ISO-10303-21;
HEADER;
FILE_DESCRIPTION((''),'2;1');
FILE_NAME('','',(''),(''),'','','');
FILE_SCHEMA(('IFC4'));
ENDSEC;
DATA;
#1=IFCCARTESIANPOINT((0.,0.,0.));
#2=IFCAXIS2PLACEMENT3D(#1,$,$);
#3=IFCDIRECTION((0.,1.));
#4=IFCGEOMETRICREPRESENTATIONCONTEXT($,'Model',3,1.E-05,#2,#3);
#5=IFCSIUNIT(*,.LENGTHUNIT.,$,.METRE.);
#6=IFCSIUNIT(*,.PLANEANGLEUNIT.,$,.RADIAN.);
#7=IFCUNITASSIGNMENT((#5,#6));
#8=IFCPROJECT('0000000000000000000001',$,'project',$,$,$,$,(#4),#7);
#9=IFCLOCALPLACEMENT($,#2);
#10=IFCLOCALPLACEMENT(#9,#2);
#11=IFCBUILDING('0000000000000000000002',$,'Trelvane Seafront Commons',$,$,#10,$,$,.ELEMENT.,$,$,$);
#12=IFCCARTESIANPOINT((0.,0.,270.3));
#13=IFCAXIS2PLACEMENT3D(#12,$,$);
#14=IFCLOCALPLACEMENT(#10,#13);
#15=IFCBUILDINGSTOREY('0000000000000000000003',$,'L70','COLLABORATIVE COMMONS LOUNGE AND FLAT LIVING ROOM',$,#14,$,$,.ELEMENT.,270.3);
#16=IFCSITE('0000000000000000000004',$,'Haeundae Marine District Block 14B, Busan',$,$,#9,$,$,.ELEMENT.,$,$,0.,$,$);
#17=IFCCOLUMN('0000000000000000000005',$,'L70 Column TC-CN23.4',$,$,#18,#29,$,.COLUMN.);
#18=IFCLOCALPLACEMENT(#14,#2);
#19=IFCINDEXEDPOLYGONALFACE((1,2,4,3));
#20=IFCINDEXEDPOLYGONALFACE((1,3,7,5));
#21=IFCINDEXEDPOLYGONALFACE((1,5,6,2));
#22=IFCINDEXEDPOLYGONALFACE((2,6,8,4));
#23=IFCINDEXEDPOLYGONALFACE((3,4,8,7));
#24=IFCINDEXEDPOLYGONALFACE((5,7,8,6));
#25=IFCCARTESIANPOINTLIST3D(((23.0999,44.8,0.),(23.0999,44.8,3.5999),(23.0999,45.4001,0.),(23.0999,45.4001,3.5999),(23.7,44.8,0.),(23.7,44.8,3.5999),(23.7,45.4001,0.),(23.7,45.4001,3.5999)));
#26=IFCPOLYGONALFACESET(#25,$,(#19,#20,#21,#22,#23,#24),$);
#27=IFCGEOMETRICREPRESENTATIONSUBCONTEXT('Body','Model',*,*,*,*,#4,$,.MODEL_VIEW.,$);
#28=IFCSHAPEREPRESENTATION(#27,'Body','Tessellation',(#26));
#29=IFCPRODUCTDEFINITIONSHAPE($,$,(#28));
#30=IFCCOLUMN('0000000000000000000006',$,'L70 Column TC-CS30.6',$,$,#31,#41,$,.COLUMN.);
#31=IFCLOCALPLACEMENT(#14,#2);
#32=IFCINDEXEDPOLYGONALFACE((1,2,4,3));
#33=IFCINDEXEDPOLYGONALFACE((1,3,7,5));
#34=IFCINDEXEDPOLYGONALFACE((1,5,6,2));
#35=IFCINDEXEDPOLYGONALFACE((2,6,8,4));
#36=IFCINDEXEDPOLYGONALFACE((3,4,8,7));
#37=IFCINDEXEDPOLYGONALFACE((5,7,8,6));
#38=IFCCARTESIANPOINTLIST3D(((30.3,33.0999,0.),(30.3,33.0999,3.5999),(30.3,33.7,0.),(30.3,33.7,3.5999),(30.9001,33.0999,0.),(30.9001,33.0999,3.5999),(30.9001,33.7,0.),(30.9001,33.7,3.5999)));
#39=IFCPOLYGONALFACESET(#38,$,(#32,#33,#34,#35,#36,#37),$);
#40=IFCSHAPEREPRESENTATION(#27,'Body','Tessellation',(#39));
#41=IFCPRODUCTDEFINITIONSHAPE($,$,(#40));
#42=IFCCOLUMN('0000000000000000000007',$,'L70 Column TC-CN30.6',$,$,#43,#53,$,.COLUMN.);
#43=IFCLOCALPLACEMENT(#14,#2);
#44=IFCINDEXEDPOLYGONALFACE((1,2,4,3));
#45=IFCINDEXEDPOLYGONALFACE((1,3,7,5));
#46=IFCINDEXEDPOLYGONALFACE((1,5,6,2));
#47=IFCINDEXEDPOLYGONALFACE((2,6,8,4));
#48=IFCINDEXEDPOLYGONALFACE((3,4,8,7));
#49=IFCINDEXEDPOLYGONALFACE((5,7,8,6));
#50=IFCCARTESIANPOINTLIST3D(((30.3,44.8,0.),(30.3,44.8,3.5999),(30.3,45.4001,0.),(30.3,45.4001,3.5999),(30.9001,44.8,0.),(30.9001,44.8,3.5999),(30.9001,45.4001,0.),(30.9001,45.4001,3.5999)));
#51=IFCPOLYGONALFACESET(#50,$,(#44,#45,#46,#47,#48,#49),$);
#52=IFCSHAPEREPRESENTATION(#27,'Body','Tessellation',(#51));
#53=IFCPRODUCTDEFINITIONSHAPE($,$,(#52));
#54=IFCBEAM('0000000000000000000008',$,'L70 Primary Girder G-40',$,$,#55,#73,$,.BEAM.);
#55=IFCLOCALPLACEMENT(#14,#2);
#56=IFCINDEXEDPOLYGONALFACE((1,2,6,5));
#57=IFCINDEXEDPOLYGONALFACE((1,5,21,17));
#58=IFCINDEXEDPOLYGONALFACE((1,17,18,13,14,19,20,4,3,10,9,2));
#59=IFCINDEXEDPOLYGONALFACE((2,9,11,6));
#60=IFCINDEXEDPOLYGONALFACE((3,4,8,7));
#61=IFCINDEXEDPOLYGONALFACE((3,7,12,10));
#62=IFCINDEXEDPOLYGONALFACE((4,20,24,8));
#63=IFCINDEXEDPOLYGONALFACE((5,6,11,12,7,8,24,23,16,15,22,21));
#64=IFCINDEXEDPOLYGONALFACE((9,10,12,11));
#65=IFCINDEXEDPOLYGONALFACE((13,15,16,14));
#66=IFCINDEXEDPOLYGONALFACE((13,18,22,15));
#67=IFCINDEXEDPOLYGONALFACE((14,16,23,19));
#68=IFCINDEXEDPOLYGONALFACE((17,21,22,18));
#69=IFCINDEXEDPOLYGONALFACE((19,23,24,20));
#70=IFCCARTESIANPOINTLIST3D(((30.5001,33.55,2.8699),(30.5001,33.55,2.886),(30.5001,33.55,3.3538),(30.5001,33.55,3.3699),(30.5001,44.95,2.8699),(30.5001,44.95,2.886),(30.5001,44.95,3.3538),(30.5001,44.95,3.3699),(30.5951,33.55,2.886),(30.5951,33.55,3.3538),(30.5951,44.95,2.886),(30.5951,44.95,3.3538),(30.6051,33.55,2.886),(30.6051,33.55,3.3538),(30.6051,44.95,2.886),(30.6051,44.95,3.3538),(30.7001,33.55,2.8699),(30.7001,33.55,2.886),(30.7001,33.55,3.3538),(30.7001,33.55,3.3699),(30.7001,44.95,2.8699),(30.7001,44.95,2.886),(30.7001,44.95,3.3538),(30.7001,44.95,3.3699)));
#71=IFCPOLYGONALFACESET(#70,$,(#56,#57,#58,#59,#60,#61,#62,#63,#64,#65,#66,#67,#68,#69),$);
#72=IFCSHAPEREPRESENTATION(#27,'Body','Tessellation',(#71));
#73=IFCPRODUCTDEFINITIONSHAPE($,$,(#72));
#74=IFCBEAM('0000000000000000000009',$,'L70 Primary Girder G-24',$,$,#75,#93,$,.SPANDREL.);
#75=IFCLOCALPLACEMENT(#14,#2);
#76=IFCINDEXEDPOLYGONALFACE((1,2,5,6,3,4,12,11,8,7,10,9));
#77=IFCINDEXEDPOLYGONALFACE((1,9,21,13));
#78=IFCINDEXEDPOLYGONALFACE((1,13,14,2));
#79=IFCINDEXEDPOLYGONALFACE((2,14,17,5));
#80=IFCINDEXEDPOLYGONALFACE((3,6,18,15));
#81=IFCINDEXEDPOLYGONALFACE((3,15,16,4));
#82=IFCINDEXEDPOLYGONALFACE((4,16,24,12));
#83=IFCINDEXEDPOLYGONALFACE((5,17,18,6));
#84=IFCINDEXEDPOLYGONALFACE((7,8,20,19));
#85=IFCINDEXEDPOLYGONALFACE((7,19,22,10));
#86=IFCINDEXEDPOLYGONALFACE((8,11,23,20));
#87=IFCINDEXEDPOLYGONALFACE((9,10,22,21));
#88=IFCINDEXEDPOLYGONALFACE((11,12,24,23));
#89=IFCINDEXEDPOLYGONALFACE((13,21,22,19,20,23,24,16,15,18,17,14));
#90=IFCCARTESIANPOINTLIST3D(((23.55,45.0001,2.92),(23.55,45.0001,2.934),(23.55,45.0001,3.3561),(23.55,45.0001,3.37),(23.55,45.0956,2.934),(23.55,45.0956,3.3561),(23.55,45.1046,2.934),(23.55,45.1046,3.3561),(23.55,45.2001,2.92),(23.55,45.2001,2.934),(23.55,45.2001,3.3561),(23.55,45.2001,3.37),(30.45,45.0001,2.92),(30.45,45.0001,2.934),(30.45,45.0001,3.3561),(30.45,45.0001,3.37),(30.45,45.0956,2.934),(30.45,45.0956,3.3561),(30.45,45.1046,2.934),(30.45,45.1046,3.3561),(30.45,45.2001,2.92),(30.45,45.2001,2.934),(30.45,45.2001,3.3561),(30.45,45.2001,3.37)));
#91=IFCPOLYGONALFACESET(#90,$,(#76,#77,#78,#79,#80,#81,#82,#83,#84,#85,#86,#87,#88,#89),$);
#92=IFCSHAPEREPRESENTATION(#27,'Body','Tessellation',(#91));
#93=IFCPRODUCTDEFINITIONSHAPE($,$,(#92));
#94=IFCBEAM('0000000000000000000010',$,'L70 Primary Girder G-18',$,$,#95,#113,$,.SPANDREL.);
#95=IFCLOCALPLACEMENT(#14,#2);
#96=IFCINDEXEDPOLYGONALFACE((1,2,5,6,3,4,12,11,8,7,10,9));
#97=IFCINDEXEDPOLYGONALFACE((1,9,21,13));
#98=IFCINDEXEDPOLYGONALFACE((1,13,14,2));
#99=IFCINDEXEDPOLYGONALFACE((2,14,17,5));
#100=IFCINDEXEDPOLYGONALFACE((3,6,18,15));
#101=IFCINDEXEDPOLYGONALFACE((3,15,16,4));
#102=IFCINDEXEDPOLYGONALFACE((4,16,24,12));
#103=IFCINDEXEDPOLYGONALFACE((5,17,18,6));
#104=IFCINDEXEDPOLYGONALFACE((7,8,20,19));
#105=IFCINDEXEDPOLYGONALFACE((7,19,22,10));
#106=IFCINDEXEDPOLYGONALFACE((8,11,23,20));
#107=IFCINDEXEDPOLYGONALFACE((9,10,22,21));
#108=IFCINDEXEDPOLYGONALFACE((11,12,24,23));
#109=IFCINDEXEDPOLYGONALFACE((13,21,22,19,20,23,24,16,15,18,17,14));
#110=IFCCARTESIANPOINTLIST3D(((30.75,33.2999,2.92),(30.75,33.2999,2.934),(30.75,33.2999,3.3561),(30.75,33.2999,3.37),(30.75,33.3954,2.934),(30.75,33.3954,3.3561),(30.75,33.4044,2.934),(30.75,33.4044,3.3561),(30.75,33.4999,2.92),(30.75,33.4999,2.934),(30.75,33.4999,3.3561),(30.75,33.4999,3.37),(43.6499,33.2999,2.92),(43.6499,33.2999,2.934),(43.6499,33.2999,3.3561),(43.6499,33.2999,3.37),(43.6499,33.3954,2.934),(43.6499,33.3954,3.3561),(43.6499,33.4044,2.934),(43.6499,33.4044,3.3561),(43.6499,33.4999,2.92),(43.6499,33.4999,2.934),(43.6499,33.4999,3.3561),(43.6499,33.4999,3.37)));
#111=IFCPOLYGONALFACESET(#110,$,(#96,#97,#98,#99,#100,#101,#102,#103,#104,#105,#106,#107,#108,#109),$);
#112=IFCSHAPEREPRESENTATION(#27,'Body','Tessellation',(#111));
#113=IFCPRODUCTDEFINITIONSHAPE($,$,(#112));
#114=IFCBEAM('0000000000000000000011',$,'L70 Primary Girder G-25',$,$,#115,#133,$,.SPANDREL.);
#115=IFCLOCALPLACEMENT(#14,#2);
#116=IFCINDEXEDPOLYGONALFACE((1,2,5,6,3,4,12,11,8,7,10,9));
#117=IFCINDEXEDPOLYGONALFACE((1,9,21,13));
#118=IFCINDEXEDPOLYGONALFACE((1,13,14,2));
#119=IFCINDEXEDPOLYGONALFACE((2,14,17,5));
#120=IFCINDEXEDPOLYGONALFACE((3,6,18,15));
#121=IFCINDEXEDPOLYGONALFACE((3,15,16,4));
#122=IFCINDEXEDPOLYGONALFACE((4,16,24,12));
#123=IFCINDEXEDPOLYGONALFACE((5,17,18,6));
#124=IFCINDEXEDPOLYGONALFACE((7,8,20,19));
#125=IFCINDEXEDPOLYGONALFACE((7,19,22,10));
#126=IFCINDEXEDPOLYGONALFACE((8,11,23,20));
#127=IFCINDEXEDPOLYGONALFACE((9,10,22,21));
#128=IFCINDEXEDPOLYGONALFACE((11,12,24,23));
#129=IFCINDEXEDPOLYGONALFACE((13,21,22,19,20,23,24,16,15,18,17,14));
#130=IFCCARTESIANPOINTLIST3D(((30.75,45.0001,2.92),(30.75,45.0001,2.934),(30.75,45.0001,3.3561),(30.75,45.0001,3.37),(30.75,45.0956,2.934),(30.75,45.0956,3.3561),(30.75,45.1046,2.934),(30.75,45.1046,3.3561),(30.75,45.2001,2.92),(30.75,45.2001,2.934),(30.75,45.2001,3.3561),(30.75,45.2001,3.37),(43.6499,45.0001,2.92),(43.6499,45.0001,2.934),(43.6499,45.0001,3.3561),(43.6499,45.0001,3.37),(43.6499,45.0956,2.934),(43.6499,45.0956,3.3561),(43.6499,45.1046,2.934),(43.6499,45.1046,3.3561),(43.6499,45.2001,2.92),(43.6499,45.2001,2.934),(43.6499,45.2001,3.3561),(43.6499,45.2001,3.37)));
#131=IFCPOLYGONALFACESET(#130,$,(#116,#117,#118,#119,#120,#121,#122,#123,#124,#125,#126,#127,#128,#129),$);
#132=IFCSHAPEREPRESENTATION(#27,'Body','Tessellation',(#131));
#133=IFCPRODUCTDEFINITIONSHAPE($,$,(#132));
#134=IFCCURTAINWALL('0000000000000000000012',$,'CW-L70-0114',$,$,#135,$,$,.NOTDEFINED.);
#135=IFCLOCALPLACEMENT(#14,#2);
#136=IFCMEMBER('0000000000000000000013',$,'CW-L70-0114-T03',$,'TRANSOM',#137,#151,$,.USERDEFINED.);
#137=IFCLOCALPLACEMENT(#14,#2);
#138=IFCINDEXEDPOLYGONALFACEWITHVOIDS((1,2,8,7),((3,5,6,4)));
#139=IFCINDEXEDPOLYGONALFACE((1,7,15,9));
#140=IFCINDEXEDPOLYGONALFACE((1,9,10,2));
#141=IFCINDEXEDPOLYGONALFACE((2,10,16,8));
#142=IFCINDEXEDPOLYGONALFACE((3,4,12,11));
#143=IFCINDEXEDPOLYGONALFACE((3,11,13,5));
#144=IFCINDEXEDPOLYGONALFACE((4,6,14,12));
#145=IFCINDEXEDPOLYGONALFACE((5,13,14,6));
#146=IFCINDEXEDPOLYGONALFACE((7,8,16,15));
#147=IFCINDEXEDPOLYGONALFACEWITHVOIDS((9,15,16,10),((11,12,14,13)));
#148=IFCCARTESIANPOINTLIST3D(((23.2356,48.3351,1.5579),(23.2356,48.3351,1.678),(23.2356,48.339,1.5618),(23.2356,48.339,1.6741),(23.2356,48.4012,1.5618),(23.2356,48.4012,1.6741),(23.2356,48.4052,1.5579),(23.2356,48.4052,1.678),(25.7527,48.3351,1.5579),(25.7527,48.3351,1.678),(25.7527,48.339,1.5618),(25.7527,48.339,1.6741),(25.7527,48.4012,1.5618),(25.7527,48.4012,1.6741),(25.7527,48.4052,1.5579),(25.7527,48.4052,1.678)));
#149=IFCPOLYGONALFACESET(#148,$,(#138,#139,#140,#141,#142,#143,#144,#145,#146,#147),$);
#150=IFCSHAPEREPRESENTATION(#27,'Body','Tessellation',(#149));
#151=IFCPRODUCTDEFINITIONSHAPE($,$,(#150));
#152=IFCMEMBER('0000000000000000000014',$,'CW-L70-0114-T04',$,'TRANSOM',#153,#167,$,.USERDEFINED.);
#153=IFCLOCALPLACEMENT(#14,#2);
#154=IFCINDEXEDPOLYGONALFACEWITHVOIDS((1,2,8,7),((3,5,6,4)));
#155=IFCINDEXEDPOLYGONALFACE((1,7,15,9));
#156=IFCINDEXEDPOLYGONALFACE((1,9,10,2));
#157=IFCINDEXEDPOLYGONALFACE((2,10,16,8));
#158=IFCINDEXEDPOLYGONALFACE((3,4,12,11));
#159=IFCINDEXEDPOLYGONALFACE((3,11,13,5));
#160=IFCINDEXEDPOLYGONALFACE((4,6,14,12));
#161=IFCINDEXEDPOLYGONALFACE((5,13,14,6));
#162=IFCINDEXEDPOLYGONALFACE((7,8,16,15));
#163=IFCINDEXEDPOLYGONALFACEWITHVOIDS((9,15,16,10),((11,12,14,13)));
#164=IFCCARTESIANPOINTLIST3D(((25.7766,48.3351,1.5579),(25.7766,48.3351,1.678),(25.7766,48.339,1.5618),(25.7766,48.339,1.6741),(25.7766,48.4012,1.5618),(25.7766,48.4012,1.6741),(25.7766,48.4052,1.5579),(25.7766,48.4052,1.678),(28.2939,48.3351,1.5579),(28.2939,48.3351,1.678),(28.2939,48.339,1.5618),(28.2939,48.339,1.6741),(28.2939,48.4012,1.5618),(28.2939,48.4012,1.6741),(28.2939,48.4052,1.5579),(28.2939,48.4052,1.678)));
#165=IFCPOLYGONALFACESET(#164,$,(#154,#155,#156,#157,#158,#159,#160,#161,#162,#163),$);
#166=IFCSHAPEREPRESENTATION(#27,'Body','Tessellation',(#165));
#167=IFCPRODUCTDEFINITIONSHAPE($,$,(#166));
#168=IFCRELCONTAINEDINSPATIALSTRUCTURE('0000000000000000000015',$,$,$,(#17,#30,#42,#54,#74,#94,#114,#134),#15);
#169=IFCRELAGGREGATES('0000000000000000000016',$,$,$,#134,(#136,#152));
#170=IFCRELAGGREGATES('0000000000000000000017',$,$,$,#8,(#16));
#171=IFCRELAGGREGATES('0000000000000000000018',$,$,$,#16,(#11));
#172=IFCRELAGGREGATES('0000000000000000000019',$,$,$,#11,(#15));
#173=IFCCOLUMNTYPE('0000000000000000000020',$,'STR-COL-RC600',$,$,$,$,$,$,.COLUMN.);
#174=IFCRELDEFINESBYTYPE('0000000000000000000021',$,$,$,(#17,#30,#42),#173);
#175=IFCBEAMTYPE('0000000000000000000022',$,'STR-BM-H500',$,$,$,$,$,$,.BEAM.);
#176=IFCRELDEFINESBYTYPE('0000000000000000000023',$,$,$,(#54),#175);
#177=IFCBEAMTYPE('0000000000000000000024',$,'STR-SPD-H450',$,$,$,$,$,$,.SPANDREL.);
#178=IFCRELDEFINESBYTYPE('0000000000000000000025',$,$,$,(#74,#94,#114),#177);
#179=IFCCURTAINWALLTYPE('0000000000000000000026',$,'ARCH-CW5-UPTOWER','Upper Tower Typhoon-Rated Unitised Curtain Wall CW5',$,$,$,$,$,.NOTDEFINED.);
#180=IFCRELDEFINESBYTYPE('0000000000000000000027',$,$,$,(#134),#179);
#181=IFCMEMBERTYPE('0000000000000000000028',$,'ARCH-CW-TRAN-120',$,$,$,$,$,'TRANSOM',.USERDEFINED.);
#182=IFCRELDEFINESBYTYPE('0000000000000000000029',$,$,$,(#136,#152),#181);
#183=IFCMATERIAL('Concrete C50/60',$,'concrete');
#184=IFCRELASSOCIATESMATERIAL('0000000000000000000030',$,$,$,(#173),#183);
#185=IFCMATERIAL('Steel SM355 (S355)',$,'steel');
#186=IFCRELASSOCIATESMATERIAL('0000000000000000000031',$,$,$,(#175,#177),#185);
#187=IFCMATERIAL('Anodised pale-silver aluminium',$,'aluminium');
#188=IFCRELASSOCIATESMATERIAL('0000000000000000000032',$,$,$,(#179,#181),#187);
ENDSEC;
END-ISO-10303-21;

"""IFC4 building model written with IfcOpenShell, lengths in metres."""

from ifc_helpers import new_model, si_unit, direction, frame, origin, origin_2d, place, context, subcontext, project, spatial, rectangle, hollow_rectangle, i_section, extrude, source, transform, mapped, material, material_profile, profile_set, type_object, element, aggregate, save


model = new_model("IFC4")

# Units and contexts
model_context = context("Model", 3, precision=1e-05, world=origin(), true_north=direction((0.0, 1.0)))
body_context = subcontext(model_context, "Body", "Model", "MODEL_VIEW")
ifc_project = project(units=[si_unit("LENGTHUNIT", "METRE"), si_unit("PLANEANGLEUNIT", "RADIAN")], contexts=[model_context])

# Site, building, storey
site_placement = place(None, origin())
site = spatial("IfcSite", under=ifc_project, at=site_placement, Name="Haeundae Marine District Block 14B, Busan", CompositionType="ELEMENT", RefElevation=0.0)
building_placement = place(site_placement, origin())
building = spatial("IfcBuilding", under=site, at=building_placement, Name="Trelvane Seafront Commons", CompositionType="ELEMENT")
storey_placement = place(building_placement, frame((0.0, 0.0, 270.3)))
storey = spatial("IfcBuildingStorey", under=building, at=storey_placement, Name="L70", Description="COLLABORATIVE COMMONS LOUNGE AND FLAT LIVING ROOM", CompositionType="ELEMENT", Elevation=270.3)

# Columns
ifc_material_1 = material(Name="Concrete C50/60", Category="concrete")
ifc_material_profile_1 = material_profile(ifc_material_1, rectangle(XDim=0.6001, YDim=0.6001, at=origin_2d()), Name="RC-600x600")
ifc_profile_set_1 = profile_set([ifc_material_profile_1], Name="Concrete C50/60")
column_type = type_object("IfcColumnType", Name="STR-COL-RC600", PredefinedType="COLUMN", material=ifc_profile_set_1)
shared_shape_1 = source(origin(), body_context, "Body", "SweptSolid", [
    extrude(rectangle(XDim=0.6001, YDim=0.6001, at=origin_2d()), origin(), (0.0, 0.0, 1.0), 3.5999),
])
for number, where, z_axis, x_axis, name in (
    (1, (23.3999, 45.1001, 0.0), (0.0, 0.0, 1.0), (1.0, 0.0, 0.0), "L70 Column TC-CN23.4"),
    (2, (30.6001, 33.3999, 0.0), (0.0, 0.0, 1.0), (1.0, 0.0, 0.0), "L70 Column TC-CS30.6"),
    (3, (30.6001, 45.1001, 0.0), (0.0, 0.0, 1.0), (1.0, 0.0, 0.0), "L70 Column TC-CN30.6"),
):
    element("IfcColumn", number, at=place(storey_placement, frame(where, z_axis=z_axis, x_axis=x_axis)), inside=storey, type_object=column_type, Name=name, PredefinedType="COLUMN", context=body_context, shape_type="MappedRepresentation", body=[
        mapped(shared_shape_1, transform((0.0, 0.0, 0.0), x_axis=(1.0, 0.0, 0.0), y_axis=(0.0, 1.0, 0.0), z_axis=(0.0, 0.0, 1.0), scale=1.0)),
    ])

# Beams
ifc_material_2 = material(Name="Steel SM355 (S355)", Category="steel")
ifc_material_profile_2 = material_profile(ifc_material_2, i_section(OverallWidth=0.2, OverallDepth=0.5, WebThickness=0.01, FlangeThickness=0.0161, at=origin_2d()), Name="H-500x200x10x16")
ifc_profile_set_2 = profile_set([ifc_material_profile_2], Name="Steel SM355 (S355)")
beam_type_1 = type_object("IfcBeamType", Name="STR-BM-H500", PredefinedType="BEAM", material=ifc_profile_set_2)
shared_shape_2 = source(origin(), body_context, "Body", "SweptSolid", [
    extrude(i_section(OverallWidth=0.2, OverallDepth=0.5, WebThickness=0.01, FlangeThickness=0.0161, at=origin_2d()), origin(), (0.0, 0.0, 1.0), 11.3999),
])
beam_1_placement = place(storey_placement, frame((30.6001, 33.55, 3.1199), z_axis=(0.0, 1.0, 0.0), x_axis=(-1.0, 0.0, 0.0)))
element("IfcBeam", 4, at=beam_1_placement, inside=storey, type_object=beam_type_1, Name="L70 Primary Girder G-40", PredefinedType="BEAM", context=body_context, shape_type="MappedRepresentation", body=[
    mapped(shared_shape_2, transform((0.0, 0.0, 0.0), x_axis=(1.0, 0.0, 0.0), y_axis=(0.0, 1.0, 0.0), z_axis=(0.0, 0.0, 1.0), scale=1.0)),
])
ifc_material_profile_3 = material_profile(ifc_material_2, i_section(OverallWidth=0.2, OverallDepth=0.45, WebThickness=0.009, FlangeThickness=0.0139, at=origin_2d()), Name="H-450x200x9x14")
ifc_profile_set_3 = profile_set([ifc_material_profile_3], Name="Steel SM355 (S355)")
beam_type_2 = type_object("IfcBeamType", Name="STR-SPD-H450", PredefinedType="SPANDREL", material=ifc_profile_set_3)
shared_shape_3 = source(origin(), body_context, "Body", "SweptSolid", [
    extrude(i_section(OverallWidth=0.2, OverallDepth=0.45, WebThickness=0.009, FlangeThickness=0.0139, at=origin_2d()), origin(), (0.0, 0.0, 1.0), 6.8999),
])
beam_2_placement = place(storey_placement, frame((23.55, 45.1001, 3.145), z_axis=(1.0, 0.0, 0.0), x_axis=(0.0, 1.0, 0.0)))
element("IfcBeam", 5, at=beam_2_placement, inside=storey, type_object=beam_type_2, Name="L70 Primary Girder G-24", PredefinedType="SPANDREL", context=body_context, shape_type="MappedRepresentation", body=[
    mapped(shared_shape_3, transform((0.0, 0.0, 0.0), x_axis=(1.0, 0.0, 0.0), y_axis=(0.0, 1.0, 0.0), z_axis=(0.0, 0.0, 1.0), scale=1.0)),
])
shared_shape_4 = source(origin(), body_context, "Body", "SweptSolid", [
    extrude(i_section(OverallWidth=0.2, OverallDepth=0.45, WebThickness=0.009, FlangeThickness=0.0139, at=origin_2d()), origin(), (0.0, 0.0, 1.0), 12.8999),
])
for number, where, z_axis, x_axis, name in (
    (6, (30.75, 33.3999, 3.145), (1.0, 0.0, 0.0), (0.0, 1.0, 0.0), "L70 Primary Girder G-18"),
    (7, (30.75, 45.1001, 3.145), (1.0, 0.0, 0.0), (0.0, 1.0, 0.0), "L70 Primary Girder G-25"),
):
    element("IfcBeam", number, at=place(storey_placement, frame(where, z_axis=z_axis, x_axis=x_axis)), inside=storey, type_object=beam_type_2, Name=name, PredefinedType="SPANDREL", context=body_context, shape_type="MappedRepresentation", body=[
        mapped(shared_shape_4, transform((0.0, 0.0, 0.0), x_axis=(1.0, 0.0, 0.0), y_axis=(0.0, 1.0, 0.0), z_axis=(0.0, 0.0, 1.0), scale=1.0)),
    ])

# Curtain wall, members
ifc_material_3 = material(Name="Anodised pale-silver aluminium", Category="aluminium")
curtain_wall_type = type_object("IfcCurtainWallType", Name="ARCH-CW5-UPTOWER", Description="Upper Tower Typhoon-Rated Unitised Curtain Wall CW5", PredefinedType="NOTDEFINED", material=ifc_material_3)
curtain_wall_placement = place(storey_placement, origin())
curtain_wall = element("IfcCurtainWall", 8, at=curtain_wall_placement, inside=storey, type_object=curtain_wall_type, Name="CW-L70-0114", PredefinedType="NOTDEFINED")
ifc_material_profile_4 = material_profile(ifc_material_3, hollow_rectangle(XDim=0.0701, YDim=0.1201, WallThickness=0.0039, at=origin_2d()), Name="TRAN-70x120x4")
ifc_profile_set_4 = profile_set([ifc_material_profile_4], Name="Anodised pale-silver aluminium")
member_type_1 = type_object("IfcMemberType", Name="ARCH-CW-TRAN-120", ElementType="TRANSOM", PredefinedType="USERDEFINED", material=ifc_profile_set_4)
shared_shape_5 = source(origin(), body_context, "Body", "SweptSolid", [
    extrude(hollow_rectangle(XDim=0.0701, YDim=0.1201, WallThickness=0.0039, at=origin_2d()), origin(), (0.0, 0.0, 1.0), 2.5171),
])
member_1_placement = place(storey_placement, frame((23.2356, 48.3701, 1.6179), z_axis=(1.0, 0.0, 0.0), x_axis=(0.0, 1.0, 0.0)))
member_1 = element("IfcMember", 9, at=member_1_placement, type_object=member_type_1, Name="CW-L70-0114-T03", ObjectType="TRANSOM", PredefinedType="USERDEFINED", context=body_context, shape_type="MappedRepresentation", body=[
    mapped(shared_shape_5, transform((0.0, 0.0, 0.0), x_axis=(1.0, 0.0, 0.0), y_axis=(0.0, 1.0, 0.0), z_axis=(0.0, 0.0, 1.0), scale=1.0)),
])
shared_shape_6 = source(origin(), body_context, "Body", "SweptSolid", [
    extrude(hollow_rectangle(XDim=0.0701, YDim=0.1201, WallThickness=0.0039, at=origin_2d()), origin(), (0.0, 0.0, 1.0), 2.5173),
])
member_2_placement = place(storey_placement, frame((25.7766, 48.3701, 1.6179), z_axis=(1.0, 0.0, 0.0), x_axis=(0.0, 1.0, 0.0)))
member_2 = element("IfcMember", 10, at=member_2_placement, type_object=member_type_1, Name="CW-L70-0114-T04", ObjectType="TRANSOM", PredefinedType="USERDEFINED", context=body_context, shape_type="MappedRepresentation", body=[
    mapped(shared_shape_6, transform((0.0, 0.0, 0.0), x_axis=(1.0, 0.0, 0.0), y_axis=(0.0, 1.0, 0.0), z_axis=(0.0, 0.0, 1.0), scale=1.0)),
])
aggregate(curtain_wall, [member_1, member_2])

save(model, "model.ifc")
